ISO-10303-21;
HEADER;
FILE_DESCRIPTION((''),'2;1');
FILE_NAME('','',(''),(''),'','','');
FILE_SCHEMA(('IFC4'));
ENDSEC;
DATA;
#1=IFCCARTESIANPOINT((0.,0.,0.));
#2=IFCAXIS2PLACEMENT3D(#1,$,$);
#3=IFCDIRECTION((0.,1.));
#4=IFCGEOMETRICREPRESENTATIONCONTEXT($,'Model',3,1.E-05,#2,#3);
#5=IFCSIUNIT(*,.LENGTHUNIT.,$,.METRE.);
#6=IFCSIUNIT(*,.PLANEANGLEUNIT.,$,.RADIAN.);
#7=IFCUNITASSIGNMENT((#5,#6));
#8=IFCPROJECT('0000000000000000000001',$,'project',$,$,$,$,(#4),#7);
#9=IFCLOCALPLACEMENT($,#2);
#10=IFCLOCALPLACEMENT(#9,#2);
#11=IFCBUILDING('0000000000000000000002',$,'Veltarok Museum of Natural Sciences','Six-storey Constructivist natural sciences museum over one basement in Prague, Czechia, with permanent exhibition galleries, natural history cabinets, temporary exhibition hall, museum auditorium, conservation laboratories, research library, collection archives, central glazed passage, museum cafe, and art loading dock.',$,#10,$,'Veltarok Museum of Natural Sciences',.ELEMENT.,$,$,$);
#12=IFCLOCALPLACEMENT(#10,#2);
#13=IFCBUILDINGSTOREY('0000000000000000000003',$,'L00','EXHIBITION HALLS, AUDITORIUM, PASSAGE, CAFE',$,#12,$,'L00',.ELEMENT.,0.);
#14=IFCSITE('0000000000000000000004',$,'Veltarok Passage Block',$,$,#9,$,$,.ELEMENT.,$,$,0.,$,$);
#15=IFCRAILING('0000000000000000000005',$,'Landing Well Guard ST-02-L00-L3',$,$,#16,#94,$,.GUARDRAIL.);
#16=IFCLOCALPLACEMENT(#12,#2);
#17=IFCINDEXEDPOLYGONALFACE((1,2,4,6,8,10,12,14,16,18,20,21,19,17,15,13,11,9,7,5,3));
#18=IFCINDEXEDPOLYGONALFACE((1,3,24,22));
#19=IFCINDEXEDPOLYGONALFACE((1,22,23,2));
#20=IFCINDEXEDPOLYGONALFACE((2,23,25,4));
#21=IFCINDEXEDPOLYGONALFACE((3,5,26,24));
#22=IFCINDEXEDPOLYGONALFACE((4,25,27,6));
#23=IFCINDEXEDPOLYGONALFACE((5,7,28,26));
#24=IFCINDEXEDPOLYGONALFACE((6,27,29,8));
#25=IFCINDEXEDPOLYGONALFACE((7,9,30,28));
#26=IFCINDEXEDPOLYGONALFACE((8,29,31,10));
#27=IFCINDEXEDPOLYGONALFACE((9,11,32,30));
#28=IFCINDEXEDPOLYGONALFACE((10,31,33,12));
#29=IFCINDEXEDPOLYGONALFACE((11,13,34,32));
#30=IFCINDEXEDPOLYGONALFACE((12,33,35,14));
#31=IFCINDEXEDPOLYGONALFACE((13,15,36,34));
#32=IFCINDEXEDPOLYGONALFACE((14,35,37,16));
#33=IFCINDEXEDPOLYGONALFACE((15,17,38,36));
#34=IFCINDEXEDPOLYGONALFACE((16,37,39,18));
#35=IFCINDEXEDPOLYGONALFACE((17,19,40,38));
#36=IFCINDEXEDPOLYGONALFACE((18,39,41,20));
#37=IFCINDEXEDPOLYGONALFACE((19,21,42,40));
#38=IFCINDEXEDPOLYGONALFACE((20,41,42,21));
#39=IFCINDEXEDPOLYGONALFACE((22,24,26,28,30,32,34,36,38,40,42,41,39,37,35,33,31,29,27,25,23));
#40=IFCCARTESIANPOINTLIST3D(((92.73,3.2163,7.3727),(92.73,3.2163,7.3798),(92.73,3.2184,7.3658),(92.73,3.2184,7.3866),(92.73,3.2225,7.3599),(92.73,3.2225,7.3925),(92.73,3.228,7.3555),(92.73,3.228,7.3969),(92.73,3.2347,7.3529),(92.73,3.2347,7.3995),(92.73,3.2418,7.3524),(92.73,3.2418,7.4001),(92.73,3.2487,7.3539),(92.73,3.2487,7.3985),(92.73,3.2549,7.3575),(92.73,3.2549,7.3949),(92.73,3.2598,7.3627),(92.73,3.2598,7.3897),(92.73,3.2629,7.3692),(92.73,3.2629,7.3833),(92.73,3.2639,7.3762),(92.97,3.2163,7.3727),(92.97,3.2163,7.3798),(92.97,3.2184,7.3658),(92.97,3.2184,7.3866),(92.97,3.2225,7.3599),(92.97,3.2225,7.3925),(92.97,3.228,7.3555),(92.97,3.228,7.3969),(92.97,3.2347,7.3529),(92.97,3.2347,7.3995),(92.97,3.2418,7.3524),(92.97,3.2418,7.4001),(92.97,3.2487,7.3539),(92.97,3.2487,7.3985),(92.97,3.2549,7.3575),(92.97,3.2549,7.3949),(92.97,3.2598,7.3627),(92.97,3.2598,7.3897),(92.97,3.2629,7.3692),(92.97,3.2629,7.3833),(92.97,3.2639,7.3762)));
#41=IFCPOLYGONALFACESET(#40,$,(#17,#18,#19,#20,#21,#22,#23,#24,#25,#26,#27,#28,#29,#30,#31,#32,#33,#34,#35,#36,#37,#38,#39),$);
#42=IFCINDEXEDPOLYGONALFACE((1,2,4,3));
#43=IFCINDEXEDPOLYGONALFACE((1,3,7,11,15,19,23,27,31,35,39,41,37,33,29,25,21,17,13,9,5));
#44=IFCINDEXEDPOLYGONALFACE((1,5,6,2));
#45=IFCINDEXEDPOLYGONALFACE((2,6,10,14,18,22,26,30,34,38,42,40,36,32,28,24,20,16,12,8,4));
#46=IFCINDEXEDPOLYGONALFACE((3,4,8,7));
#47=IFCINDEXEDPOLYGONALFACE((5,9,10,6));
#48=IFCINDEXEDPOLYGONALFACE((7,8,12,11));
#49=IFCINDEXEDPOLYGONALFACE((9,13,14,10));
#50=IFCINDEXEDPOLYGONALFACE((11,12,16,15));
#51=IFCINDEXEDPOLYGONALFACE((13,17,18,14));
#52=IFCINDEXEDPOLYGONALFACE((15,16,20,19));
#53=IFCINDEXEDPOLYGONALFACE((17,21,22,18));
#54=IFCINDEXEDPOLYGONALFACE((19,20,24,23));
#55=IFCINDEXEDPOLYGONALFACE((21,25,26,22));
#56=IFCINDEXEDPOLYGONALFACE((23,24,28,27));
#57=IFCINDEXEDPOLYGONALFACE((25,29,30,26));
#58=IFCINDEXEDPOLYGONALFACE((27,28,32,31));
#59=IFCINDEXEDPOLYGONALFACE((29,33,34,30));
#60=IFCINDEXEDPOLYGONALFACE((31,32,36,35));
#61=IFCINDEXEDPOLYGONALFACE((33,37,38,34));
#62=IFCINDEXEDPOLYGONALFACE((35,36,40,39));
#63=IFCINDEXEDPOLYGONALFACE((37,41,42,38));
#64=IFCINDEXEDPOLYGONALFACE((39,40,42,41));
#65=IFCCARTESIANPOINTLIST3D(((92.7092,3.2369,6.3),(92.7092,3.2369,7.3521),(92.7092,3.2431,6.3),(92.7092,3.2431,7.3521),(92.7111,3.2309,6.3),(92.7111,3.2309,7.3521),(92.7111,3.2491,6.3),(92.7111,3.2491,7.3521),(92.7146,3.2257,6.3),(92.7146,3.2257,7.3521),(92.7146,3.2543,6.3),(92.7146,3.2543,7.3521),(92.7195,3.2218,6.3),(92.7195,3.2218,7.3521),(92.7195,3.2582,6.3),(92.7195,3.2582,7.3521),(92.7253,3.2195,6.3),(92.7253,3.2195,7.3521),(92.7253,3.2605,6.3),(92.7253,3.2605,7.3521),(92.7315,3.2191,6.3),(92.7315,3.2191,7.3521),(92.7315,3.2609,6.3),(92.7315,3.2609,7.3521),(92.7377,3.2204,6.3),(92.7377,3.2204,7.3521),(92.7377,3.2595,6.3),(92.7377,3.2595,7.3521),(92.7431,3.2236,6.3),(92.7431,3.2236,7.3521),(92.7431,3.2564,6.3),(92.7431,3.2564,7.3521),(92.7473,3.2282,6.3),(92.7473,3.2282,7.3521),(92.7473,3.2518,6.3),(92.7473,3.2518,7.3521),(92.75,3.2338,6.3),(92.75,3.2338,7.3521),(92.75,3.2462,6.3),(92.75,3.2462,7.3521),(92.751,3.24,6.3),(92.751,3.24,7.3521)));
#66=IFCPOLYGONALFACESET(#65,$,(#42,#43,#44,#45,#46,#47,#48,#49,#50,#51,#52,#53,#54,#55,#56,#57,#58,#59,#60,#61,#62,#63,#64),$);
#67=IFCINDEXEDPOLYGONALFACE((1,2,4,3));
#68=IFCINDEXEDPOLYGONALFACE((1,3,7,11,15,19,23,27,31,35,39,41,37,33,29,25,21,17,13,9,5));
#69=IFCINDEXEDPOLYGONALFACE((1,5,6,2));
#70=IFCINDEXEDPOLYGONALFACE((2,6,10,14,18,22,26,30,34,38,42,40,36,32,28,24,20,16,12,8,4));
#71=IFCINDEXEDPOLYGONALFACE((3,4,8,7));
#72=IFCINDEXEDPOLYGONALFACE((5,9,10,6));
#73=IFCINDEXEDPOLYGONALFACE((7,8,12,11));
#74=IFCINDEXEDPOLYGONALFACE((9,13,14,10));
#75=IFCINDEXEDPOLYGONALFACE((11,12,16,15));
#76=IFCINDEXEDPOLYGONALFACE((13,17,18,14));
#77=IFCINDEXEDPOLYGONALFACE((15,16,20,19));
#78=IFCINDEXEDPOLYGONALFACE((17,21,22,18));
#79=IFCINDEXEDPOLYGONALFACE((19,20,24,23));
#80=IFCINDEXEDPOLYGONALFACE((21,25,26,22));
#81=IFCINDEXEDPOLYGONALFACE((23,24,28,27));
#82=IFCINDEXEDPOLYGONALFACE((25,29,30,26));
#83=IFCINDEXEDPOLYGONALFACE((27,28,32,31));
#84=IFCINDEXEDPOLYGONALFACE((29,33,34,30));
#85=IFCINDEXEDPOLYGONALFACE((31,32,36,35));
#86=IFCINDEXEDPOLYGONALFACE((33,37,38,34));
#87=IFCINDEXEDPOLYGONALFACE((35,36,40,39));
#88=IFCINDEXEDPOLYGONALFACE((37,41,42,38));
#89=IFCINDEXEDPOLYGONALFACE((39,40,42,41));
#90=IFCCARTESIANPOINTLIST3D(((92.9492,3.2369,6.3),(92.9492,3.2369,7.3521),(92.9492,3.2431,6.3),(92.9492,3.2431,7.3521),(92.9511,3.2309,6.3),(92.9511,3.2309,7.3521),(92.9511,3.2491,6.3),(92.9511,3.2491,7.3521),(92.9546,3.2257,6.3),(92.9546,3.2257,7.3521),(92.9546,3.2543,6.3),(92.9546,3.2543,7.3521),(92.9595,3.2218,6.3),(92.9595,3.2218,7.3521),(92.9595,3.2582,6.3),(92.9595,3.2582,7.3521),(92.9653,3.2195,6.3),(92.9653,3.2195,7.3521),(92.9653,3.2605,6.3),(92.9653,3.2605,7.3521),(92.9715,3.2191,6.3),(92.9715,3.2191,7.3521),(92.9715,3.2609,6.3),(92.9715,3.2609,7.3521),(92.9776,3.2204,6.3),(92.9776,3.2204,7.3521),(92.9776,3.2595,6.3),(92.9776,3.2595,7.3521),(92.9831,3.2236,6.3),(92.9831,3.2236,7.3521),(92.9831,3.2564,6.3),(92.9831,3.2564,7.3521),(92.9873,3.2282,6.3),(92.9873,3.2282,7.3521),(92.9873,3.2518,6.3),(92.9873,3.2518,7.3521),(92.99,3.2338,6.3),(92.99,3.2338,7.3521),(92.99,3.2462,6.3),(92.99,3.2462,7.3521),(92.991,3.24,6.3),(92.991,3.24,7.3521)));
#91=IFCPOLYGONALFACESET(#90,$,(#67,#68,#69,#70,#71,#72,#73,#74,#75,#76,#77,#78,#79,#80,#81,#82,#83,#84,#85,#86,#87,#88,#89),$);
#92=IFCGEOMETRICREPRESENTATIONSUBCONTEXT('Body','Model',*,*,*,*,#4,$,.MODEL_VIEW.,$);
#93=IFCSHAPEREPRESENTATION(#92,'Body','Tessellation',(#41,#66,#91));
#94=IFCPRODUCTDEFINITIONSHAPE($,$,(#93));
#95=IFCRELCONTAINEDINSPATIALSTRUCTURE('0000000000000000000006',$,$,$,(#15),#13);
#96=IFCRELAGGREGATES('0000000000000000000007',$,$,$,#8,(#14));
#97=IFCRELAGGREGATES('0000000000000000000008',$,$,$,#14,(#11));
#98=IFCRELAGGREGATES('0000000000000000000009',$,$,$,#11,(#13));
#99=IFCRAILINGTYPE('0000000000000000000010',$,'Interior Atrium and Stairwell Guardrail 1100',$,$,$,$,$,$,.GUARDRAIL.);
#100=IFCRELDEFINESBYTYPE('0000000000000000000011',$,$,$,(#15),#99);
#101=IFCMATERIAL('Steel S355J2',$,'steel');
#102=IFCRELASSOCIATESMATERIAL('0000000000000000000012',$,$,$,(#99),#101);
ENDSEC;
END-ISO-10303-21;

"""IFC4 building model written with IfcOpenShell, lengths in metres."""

from ifc_helpers import new_model, si_unit, direction, frame, origin, origin_2d, place, context, subcontext, project, spatial, circle, extrude, material, type_object, element, save


model = new_model("IFC4")

# Units and contexts
model_context = context("Model", 3, precision=1e-05, world=origin(), true_north=direction((0.0, 1.0)))
body_context = subcontext(model_context, "Body", "Model", "MODEL_VIEW")
ifc_project = project(units=[si_unit("LENGTHUNIT", "METRE"), si_unit("PLANEANGLEUNIT", "RADIAN")], contexts=[model_context])

# Site, building, storey
site_placement = place(None, origin())
site = spatial("IfcSite", under=ifc_project, at=site_placement, Name="Veltarok Passage Block", CompositionType="ELEMENT", RefElevation=0.0)
building_placement = place(site_placement, origin())
building = spatial("IfcBuilding", under=site, at=building_placement, Name="Veltarok Museum of Natural Sciences", Description="Six-storey Constructivist natural sciences museum over one basement in Prague, Czechia, with permanent exhibition galleries, natural history cabinets, temporary exhibition hall, museum auditorium, conservation laboratories, research library, collection archives, central glazed passage, museum cafe, and art loading dock.", LongName="Veltarok Museum of Natural Sciences", CompositionType="ELEMENT")
storey_placement = place(building_placement, origin())
storey = spatial("IfcBuildingStorey", under=building, at=storey_placement, Name="L00", Description="EXHIBITION HALLS, AUDITORIUM, PASSAGE, CAFE", LongName="L00", CompositionType="ELEMENT", Elevation=0.0)

# Railing
ifc_material_1 = material(Name="Steel S355J2", Category="steel")
railing_type_1 = type_object("IfcRailingType", Name="Interior Atrium and Stairwell Guardrail 1100", PredefinedType="GUARDRAIL", material=ifc_material_1)
for number, where, name in (
    (1, (92.73, 3.24, 6.3), "Landing Well Guard ST-02-L00-L3"),
):
    element("IfcRailing", number, at=place(storey_placement, frame(where)), inside=storey, type_object=railing_type_1, Name=name, PredefinedType="GUARDRAIL", context=body_context, shape_type="SweptSolid", body=[
        extrude(circle(Radius=0.0239, at=origin_2d()), frame((0.0, 0.0, 1.0762), z_axis=(1.0, 0.0, 0.0), x_axis=(0.0, 1.0, 0.0)), (0.0, 0.0, 1.0), 0.24),
        extrude(circle(Radius=0.021, at=origin_2d()), origin(), (0.0, 0.0, 1.0), 1.052),
        extrude(circle(Radius=0.021, at=origin_2d()), frame((0.24, 0.0, 0.0)), (0.0, 0.0, 1.0), 1.052),
    ])

save(model, "model.ifc")
